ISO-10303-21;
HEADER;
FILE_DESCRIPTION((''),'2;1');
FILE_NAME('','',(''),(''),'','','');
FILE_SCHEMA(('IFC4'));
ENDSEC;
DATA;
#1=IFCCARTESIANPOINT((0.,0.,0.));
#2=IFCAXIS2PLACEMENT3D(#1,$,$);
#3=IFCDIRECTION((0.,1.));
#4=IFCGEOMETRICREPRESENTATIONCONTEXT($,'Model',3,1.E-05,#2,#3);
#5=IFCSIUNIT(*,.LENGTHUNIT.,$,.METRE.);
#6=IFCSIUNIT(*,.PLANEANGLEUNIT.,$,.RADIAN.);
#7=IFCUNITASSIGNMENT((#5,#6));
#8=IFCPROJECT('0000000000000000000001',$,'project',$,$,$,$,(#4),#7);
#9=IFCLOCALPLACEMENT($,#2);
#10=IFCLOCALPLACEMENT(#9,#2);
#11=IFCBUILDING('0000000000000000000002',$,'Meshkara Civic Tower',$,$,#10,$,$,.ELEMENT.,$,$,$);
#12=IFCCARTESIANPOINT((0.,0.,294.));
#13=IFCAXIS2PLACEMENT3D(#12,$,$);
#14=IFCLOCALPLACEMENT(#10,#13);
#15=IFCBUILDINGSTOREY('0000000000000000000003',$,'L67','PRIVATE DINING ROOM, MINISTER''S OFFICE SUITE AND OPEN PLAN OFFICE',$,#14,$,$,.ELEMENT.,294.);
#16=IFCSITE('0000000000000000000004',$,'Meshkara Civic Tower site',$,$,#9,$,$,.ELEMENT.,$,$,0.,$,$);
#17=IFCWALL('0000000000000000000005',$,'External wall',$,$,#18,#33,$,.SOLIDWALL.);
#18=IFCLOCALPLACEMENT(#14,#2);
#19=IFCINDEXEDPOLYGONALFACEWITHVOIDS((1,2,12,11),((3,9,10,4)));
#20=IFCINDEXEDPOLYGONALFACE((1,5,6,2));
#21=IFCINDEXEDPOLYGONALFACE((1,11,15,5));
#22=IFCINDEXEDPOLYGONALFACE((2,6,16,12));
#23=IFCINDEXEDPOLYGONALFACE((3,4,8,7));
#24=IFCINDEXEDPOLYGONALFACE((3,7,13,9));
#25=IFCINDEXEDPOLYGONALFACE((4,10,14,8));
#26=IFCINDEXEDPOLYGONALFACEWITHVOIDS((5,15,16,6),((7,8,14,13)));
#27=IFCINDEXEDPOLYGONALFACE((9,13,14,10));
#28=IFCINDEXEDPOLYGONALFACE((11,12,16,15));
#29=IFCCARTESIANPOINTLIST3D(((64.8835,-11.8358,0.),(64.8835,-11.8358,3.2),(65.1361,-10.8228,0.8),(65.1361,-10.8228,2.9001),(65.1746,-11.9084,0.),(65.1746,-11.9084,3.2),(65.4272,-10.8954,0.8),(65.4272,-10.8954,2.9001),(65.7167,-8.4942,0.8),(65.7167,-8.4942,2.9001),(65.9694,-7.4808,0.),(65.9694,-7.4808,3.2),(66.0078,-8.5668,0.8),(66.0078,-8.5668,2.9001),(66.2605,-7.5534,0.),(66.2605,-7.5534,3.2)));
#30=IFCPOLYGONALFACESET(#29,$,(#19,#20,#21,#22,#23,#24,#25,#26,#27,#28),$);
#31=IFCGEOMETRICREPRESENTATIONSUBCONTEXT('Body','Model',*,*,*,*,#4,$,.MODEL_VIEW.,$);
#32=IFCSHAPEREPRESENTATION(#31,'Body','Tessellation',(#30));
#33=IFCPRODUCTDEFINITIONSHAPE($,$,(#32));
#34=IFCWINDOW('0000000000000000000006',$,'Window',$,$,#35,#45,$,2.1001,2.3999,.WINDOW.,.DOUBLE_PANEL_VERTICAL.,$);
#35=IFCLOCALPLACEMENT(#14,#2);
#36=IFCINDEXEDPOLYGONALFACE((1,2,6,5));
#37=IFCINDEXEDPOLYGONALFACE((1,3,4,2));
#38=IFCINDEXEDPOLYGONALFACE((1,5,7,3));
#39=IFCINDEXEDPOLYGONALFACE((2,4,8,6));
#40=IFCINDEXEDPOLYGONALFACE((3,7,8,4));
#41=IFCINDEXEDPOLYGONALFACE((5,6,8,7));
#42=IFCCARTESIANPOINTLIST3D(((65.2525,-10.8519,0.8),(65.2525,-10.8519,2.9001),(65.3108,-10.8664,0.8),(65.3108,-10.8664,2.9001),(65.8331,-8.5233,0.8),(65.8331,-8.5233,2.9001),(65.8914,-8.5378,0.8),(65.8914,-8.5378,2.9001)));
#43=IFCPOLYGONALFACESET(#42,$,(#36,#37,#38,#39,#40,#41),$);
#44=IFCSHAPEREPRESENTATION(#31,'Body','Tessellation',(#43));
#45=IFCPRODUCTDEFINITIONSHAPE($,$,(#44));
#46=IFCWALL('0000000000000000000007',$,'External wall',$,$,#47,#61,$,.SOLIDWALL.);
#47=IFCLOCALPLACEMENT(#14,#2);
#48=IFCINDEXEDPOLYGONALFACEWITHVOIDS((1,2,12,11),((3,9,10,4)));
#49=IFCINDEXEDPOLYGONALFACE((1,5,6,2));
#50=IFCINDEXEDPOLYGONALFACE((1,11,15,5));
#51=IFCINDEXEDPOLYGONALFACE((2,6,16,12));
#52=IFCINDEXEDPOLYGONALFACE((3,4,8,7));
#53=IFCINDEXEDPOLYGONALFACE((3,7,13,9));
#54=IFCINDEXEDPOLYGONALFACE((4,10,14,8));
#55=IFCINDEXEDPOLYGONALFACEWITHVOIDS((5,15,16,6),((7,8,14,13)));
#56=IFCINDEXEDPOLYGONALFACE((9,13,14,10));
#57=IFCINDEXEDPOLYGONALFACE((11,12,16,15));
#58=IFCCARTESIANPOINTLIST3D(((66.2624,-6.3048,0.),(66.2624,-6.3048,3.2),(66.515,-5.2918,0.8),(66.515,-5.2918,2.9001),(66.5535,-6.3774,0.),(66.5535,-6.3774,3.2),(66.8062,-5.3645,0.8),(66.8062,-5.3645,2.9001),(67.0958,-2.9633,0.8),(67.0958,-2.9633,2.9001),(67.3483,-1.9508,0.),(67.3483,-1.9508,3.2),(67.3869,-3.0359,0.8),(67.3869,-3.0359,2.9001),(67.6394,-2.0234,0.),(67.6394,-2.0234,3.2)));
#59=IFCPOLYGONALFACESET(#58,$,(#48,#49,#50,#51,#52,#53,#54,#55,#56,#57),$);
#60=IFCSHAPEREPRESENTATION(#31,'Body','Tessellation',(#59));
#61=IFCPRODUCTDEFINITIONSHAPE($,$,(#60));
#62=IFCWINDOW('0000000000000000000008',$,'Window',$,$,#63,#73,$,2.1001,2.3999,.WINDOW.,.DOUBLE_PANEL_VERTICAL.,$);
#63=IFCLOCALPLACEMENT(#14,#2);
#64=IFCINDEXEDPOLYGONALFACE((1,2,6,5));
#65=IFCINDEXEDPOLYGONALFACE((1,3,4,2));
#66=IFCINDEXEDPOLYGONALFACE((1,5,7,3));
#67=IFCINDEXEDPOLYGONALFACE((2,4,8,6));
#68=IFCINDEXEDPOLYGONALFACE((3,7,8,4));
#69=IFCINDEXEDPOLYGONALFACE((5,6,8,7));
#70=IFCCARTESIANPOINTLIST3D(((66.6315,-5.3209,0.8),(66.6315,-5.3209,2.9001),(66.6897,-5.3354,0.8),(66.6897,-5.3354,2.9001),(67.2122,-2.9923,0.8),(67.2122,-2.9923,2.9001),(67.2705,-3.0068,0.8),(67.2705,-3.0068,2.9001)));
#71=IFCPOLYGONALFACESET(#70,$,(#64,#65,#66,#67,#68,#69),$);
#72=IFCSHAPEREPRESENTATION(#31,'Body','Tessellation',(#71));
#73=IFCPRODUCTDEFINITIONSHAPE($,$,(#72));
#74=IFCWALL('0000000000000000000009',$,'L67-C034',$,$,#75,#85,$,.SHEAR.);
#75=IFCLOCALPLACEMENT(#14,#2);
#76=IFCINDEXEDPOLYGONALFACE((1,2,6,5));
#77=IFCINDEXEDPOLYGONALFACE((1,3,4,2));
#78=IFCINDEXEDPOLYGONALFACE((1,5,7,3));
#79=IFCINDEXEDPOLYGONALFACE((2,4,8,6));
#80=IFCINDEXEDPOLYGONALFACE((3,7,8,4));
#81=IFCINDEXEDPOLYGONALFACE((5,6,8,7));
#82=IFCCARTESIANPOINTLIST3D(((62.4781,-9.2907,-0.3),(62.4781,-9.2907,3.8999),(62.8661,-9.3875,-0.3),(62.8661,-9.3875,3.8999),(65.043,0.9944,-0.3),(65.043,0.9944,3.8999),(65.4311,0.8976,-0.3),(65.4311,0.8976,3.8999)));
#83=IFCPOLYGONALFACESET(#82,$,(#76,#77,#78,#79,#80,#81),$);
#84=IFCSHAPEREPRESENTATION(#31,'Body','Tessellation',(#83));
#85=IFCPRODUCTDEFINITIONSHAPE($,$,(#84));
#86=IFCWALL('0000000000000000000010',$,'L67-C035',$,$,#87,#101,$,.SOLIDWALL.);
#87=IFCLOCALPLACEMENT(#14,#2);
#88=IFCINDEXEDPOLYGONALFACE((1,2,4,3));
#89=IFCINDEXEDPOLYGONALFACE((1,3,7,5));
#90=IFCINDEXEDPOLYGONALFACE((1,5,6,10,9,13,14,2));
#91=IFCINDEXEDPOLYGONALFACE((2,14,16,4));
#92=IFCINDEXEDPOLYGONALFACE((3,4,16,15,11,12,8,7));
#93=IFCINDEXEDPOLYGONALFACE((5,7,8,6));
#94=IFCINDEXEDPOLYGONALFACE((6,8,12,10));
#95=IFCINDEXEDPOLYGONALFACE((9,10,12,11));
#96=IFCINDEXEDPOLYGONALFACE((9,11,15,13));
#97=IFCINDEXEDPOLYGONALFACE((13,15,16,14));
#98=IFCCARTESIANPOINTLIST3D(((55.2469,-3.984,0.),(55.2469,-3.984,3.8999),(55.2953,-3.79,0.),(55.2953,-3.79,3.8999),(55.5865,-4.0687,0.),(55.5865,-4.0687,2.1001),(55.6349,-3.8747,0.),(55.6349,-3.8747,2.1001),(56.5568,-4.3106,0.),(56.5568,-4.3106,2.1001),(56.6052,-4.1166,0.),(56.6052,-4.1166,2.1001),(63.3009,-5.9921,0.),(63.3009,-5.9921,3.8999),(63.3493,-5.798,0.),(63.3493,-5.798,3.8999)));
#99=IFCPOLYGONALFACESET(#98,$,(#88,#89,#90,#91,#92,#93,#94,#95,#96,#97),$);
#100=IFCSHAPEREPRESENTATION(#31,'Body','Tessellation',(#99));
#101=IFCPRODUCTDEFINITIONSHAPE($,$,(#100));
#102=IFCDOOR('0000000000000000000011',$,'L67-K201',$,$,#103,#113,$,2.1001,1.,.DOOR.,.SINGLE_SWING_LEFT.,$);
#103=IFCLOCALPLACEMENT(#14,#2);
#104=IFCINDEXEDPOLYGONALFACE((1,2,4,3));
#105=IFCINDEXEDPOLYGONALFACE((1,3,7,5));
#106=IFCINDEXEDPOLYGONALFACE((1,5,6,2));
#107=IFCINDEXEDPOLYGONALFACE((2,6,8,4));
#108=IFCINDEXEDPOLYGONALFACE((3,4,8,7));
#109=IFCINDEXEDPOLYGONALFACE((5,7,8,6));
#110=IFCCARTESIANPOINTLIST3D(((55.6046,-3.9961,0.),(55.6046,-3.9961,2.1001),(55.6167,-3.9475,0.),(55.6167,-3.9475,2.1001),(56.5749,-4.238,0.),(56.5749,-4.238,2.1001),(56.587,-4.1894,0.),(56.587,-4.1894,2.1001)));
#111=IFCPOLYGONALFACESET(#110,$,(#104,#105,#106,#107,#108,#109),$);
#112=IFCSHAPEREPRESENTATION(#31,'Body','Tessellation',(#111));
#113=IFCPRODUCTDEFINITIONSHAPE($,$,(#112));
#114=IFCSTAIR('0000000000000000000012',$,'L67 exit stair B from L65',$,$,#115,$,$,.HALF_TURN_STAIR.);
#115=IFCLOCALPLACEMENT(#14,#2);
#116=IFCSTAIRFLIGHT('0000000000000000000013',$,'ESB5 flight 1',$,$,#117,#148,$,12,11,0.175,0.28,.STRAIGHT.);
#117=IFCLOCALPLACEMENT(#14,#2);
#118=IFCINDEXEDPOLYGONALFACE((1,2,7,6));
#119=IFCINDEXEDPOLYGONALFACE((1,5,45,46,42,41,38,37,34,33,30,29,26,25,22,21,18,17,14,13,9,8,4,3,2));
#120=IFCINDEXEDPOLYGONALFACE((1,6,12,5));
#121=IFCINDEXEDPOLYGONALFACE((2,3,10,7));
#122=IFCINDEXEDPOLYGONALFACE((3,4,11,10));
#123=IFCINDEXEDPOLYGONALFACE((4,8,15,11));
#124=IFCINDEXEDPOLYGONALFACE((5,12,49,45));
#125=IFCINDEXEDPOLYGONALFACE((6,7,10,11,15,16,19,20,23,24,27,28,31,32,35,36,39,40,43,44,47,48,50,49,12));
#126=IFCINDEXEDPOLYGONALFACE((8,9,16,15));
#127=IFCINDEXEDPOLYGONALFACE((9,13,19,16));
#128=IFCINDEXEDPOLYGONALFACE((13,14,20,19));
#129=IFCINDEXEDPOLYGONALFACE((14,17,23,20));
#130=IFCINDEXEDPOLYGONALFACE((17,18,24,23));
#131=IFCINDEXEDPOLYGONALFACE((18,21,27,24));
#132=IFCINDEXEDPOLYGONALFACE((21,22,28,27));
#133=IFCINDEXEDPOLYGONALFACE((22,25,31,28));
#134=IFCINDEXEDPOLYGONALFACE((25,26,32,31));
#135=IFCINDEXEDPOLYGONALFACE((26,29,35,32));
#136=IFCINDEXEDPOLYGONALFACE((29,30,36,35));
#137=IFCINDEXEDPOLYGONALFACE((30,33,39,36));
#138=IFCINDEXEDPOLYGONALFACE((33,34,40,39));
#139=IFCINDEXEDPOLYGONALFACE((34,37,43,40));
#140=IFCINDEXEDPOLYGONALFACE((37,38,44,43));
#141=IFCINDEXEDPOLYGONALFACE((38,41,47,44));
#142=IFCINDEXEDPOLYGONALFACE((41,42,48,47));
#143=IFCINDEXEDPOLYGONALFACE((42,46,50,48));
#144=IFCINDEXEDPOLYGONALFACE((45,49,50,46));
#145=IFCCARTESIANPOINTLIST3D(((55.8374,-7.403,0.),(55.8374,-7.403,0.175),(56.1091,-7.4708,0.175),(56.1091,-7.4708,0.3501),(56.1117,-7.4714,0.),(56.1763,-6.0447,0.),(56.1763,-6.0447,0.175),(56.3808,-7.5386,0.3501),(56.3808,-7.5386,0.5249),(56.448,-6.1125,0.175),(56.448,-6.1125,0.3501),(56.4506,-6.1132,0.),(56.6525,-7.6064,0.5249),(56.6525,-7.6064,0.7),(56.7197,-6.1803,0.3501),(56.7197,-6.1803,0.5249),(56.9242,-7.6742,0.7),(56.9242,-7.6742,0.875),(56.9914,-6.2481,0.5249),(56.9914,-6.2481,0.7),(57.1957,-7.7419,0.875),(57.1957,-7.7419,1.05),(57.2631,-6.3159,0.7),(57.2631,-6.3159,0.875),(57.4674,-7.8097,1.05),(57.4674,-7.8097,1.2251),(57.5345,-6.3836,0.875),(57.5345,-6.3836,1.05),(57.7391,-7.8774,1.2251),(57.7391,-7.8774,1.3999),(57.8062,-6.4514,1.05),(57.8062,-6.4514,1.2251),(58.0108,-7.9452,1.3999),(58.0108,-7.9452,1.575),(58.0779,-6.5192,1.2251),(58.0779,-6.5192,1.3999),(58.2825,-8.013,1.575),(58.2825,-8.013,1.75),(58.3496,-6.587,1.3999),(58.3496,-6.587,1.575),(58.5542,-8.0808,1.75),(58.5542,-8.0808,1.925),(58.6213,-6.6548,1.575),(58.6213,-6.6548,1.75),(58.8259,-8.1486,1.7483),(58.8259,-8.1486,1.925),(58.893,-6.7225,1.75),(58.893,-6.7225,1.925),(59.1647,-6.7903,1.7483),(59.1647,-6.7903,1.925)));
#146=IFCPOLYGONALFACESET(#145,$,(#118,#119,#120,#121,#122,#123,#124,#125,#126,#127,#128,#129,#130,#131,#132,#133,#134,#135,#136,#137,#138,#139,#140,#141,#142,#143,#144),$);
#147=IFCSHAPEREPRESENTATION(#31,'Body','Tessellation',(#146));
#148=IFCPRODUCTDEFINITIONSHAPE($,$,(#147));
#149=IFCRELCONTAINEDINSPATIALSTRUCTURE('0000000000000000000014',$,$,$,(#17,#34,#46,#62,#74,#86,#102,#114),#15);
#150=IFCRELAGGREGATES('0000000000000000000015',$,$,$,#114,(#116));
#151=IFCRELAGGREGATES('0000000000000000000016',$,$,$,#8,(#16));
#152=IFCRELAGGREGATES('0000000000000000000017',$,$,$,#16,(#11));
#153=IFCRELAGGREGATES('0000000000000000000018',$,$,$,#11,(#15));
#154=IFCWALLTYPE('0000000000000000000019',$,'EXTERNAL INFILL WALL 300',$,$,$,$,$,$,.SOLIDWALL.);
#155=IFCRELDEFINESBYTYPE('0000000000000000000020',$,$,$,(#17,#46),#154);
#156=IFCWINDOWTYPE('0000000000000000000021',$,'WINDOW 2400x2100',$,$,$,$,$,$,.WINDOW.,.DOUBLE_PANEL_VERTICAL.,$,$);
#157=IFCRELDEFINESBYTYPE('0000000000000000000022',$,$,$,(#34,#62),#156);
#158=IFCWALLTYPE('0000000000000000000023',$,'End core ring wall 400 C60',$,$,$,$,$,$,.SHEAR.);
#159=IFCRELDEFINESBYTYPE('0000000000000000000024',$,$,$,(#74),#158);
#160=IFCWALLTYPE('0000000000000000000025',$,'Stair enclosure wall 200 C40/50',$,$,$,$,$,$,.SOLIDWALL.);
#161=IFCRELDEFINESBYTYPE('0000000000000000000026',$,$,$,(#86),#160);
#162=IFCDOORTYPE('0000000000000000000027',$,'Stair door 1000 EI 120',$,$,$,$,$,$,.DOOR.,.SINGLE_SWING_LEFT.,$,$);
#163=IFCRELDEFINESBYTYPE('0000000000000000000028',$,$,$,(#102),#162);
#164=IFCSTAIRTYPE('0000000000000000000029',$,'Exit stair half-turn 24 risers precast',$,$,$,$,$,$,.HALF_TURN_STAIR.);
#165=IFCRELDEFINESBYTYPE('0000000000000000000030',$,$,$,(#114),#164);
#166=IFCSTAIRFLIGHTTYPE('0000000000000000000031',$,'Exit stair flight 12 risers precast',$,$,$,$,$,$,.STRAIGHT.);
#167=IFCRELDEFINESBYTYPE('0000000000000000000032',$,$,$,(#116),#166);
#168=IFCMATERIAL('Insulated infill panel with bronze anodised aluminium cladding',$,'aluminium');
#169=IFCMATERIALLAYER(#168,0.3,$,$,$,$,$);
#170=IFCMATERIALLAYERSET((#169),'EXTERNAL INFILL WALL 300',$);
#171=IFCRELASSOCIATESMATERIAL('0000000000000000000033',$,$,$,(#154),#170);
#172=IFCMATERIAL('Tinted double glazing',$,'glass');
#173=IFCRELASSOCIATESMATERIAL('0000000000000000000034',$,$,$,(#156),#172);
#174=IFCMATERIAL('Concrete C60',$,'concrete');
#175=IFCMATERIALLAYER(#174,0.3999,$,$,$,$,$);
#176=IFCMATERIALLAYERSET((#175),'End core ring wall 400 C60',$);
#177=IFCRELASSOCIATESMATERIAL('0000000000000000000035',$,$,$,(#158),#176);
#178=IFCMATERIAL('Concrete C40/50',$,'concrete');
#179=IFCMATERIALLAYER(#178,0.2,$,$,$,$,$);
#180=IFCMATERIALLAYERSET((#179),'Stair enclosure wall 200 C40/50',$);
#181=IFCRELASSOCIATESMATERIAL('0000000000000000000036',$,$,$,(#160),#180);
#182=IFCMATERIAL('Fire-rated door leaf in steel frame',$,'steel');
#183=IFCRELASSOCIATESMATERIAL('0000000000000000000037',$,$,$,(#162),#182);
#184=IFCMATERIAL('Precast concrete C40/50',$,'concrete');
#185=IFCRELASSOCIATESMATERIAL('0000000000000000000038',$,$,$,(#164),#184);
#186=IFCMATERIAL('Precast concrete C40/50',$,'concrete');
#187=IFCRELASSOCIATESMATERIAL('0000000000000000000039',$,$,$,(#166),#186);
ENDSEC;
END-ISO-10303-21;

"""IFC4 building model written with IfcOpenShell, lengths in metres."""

from ifc_helpers import new_model, si_unit, direction, frame, frame_2d, origin, place, context, subcontext, project, spatial, polyline, rectangle, outline, extrude, material, layer, layer_set, type_object, element, fill, aggregate, save


model = new_model("IFC4")

# Units and contexts
model_context = context("Model", 3, precision=1e-05, world=origin(), true_north=direction((0.0, 1.0)))
body_context = subcontext(model_context, "Body", "Model", "MODEL_VIEW")
ifc_project = project(units=[si_unit("LENGTHUNIT", "METRE"), si_unit("PLANEANGLEUNIT", "RADIAN")], contexts=[model_context])

# Site, building, storey
site_placement = place(None, origin())
site = spatial("IfcSite", under=ifc_project, at=site_placement, Name="Meshkara Civic Tower site", CompositionType="ELEMENT", RefElevation=0.0)
building_placement = place(site_placement, origin())
building = spatial("IfcBuilding", under=site, at=building_placement, Name="Meshkara Civic Tower", CompositionType="ELEMENT")
storey_placement = place(building_placement, frame((0.0, 0.0, 294.0)))
storey = spatial("IfcBuildingStorey", under=building, at=storey_placement, Name="L67", Description="PRIVATE DINING ROOM, MINISTER'S OFFICE SUITE AND OPEN PLAN OFFICE", CompositionType="ELEMENT", Elevation=294.0)

# Walls, openings, windows
ifc_material_1 = material(Name="Insulated infill panel with bronze anodised aluminium cladding", Category="aluminium")
ifc_layer_1 = layer(ifc_material_1, 0.3)
ifc_layer_set_1 = layer_set([ifc_layer_1], Name="EXTERNAL INFILL WALL 300")
wall_type_1 = type_object("IfcWallType", Name="EXTERNAL INFILL WALL 300", PredefinedType="SOLIDWALL", material=ifc_layer_set_1)
ifc_material_2 = material(Name="Tinted double glazing", Category="glass")
window_type = type_object("IfcWindowType", Name="WINDOW 2400x2100", PartitioningType="DOUBLE_PANEL_VERTICAL", PredefinedType="WINDOW", material=ifc_material_2)
wall_1_placement = place(storey_placement, frame((65.0291, -11.8721, 0.0), z_axis=(0.0, 0.0, 1.0), x_axis=(0.241947, 0.97029, 0.0)))
wall_1 = element("IfcWall", 1, at=wall_1_placement, inside=storey, type_object=wall_type_1, Name="External wall", PredefinedType="SOLIDWALL", context=body_context, shape_type="SweptSolid", body=[
    extrude(rectangle(XDim=4.4883, YDim=0.3, at=frame_2d((2.2441, 0.0))), origin(), (0.0, 0.0, 1.0), 3.2),
])
opening_1_placement = place(wall_1_placement, frame((1.0439, 0.0, 0.8)))
opening_1 = element("IfcOpeningElement", 2, at=opening_1_placement, cuts=wall_1, PredefinedType="OPENING", context=body_context, shape_type="SweptSolid", body=[
    extrude(rectangle(XDim=2.3999, YDim=2.1001, at=frame_2d((1.2, 1.05))), frame((0.0, 0.1599, 0.0), z_axis=(0.0, -1.0, 0.0), x_axis=(1.0, 0.0, 0.0)), (0.0, 0.0, 1.0), 0.3201),
])
window_1_placement = place(opening_1_placement, origin())
window_1 = element("IfcWindow", 3, at=window_1_placement, inside=storey, type_object=window_type, Name="Window", OverallHeight=2.1001, OverallWidth=2.3999, PartitioningType="DOUBLE_PANEL_VERTICAL", PredefinedType="WINDOW", context=body_context, shape_type="SweptSolid", body=[
    extrude(rectangle(XDim=2.3999, YDim=2.1001, at=frame_2d((1.2, 1.05))), frame((0.0, 0.03, 0.0), z_axis=(0.0, -1.0, 0.0), x_axis=(1.0, 0.0, 0.0)), (0.0, 0.0, 1.0), 0.0601),
])
fill(opening_1, window_1)
wall_2_placement = place(storey_placement, frame((66.408, -6.3411, 0.0), z_axis=(0.0, 0.0, 1.0), x_axis=(0.241998, 0.970277, 0.0)))
wall_2 = element("IfcWall", 4, at=wall_2_placement, inside=storey, type_object=wall_type_1, Name="External wall", PredefinedType="SOLIDWALL", context=body_context, shape_type="SweptSolid", body=[
    extrude(rectangle(XDim=4.4873, YDim=0.3, at=frame_2d((2.2437, 0.0))), origin(), (0.0, 0.0, 1.0), 3.2),
])
opening_2_placement = place(wall_2_placement, frame((1.0439, 0.0, 0.8)))
opening_2 = element("IfcOpeningElement", 5, at=opening_2_placement, cuts=wall_2, PredefinedType="OPENING", context=body_context, shape_type="SweptSolid", body=[
    extrude(rectangle(XDim=2.3999, YDim=2.1001, at=frame_2d((1.2, 1.05))), frame((0.0, 0.1599, 0.0), z_axis=(0.0, -1.0, 0.0), x_axis=(1.0, 0.0, 0.0)), (0.0, 0.0, 1.0), 0.3201),
])
window_2_placement = place(opening_2_placement, origin())
window_2 = element("IfcWindow", 6, at=window_2_placement, inside=storey, type_object=window_type, Name="Window", OverallHeight=2.1001, OverallWidth=2.3999, PartitioningType="DOUBLE_PANEL_VERTICAL", PredefinedType="WINDOW", context=body_context, shape_type="SweptSolid", body=[
    extrude(rectangle(XDim=2.3999, YDim=2.1001, at=frame_2d((1.2, 1.05))), frame((0.0, 0.03, 0.0), z_axis=(0.0, -1.0, 0.0), x_axis=(1.0, 0.0, 0.0)), (0.0, 0.0, 1.0), 0.0601),
])
fill(opening_2, window_2)

# Wall
ifc_material_3 = material(Name="Concrete C60", Category="concrete")
ifc_layer_2 = layer(ifc_material_3, 0.3999)
ifc_layer_set_2 = layer_set([ifc_layer_2], Name="End core ring wall 400 C60")
wall_type_2 = type_object("IfcWallType", Name="End core ring wall 400 C60", PredefinedType="SHEAR", material=ifc_layer_set_2)
wall_3_placement = place(storey_placement, frame((62.6721, -9.3391, -0.3), z_axis=(0.0, 0.0, 1.0), x_axis=(0.241972, 0.970283, 0.0)))
element("IfcWall", 7, at=wall_3_placement, inside=storey, type_object=wall_type_2, Name="L67-C034", PredefinedType="SHEAR", context=body_context, shape_type="SweptSolid", body=[
    extrude(rectangle(XDim=10.6001, YDim=0.3999, at=frame_2d((5.3, 0.0))), origin(), (0.0, 0.0, 1.0), 4.2),
])

# Wall, opening, door
ifc_material_4 = material(Name="Concrete C40/50", Category="concrete")
ifc_layer_3 = layer(ifc_material_4, 0.2)
ifc_layer_set_3 = layer_set([ifc_layer_3], Name="Stair enclosure wall 200 C40/50")
wall_type_3 = type_object("IfcWallType", Name="Stair enclosure wall 200 C40/50", PredefinedType="SOLIDWALL", material=ifc_layer_set_3)
wall_4_placement = place(storey_placement, frame((55.271, -3.887, 0.0), z_axis=(0.0, 0.0, 1.0), x_axis=(0.970296, -0.24192, 0.0)))
wall_4 = element("IfcWall", 8, at=wall_4_placement, inside=storey, type_object=wall_type_3, Name="L67-C035", PredefinedType="SOLIDWALL", context=body_context, shape_type="SweptSolid", body=[
    extrude(rectangle(XDim=8.3005, YDim=0.2, at=frame_2d((4.1504, 0.0))), origin(), (0.0, 0.0, 1.0), 3.8999),
])
opening_3_placement = place(wall_4_placement, frame((0.3501, 0.0, 0.0)))
opening_3 = element("IfcOpeningElement", 9, at=opening_3_placement, cuts=wall_4, PredefinedType="OPENING", context=body_context, shape_type="SweptSolid", body=[
    extrude(rectangle(XDim=1.0, YDim=2.1001, at=frame_2d((0.5, 1.05))), frame((0.0, 0.1099, 0.0), z_axis=(0.0, -1.0, 0.0), x_axis=(1.0, 0.0, 0.0)), (0.0, 0.0, 1.0), 0.22),
])
ifc_material_5 = material(Name="Fire-rated door leaf in steel frame", Category="steel")
door_type = type_object("IfcDoorType", Name="Stair door 1000 EI 120", OperationType="SINGLE_SWING_LEFT", PredefinedType="DOOR", material=ifc_material_5)
door_placement = place(opening_3_placement, origin())
door = element("IfcDoor", 10, at=door_placement, inside=storey, type_object=door_type, Name="L67-K201", OperationType="SINGLE_SWING_LEFT", OverallHeight=2.1001, OverallWidth=1.0, PredefinedType="DOOR", context=body_context, shape_type="SweptSolid", body=[
    extrude(rectangle(XDim=1.0, YDim=2.1001, at=frame_2d((0.5, 1.05))), frame((0.0, 0.0249, 0.0), z_axis=(0.0, -1.0, 0.0), x_axis=(1.0, 0.0, 0.0)), (0.0, 0.0, 1.0), 0.05),
])
fill(opening_3, door)

# Stair, stair flight
ifc_material_6 = material(Name="Precast concrete C40/50", Category="concrete")
stair_type = type_object("IfcStairType", Name="Exit stair half-turn 24 risers precast", PredefinedType="HALF_TURN_STAIR", material=ifc_material_6)
stair_placement = place(storey_placement, origin())
stair = element("IfcStair", 11, at=stair_placement, inside=storey, type_object=stair_type, Name="L67 exit stair B from L65", PredefinedType="HALF_TURN_STAIR")
ifc_material_7 = material(Name="Precast concrete C40/50", Category="concrete")
stair_flight_type = type_object("IfcStairFlightType", Name="Exit stair flight 12 risers precast", PredefinedType="STRAIGHT", material=ifc_material_7)
stair_flight_1_placement = place(storey_placement, frame((56.0068, -6.7239, 0.0), z_axis=(0.0, 0.0, 1.0), x_axis=(0.97026, -0.242065, 0.0)))
stair_flight_1 = element("IfcStairFlight", 12, at=stair_flight_1_placement, type_object=stair_flight_type, Name="ESB5 flight 1", NumberOfRisers=12, NumberOfTreads=11, PredefinedType="STRAIGHT", RiserHeight=0.175, TreadLength=0.28, context=body_context, shape_type="SweptSolid", body=[
    extrude(outline(polyline([(0.0, 0.0), (0.0, 0.175), (0.28, 0.175), (0.28, 0.3501), (0.5601, 0.3501), (0.5601, 0.5249), (0.8401, 0.5249), (0.8401, 0.7), (1.1201, 0.7), (1.1201, 0.875), (1.3999, 0.875), (1.3999, 1.05), (1.6799, 1.05), (1.6799, 1.2251), (1.96, 1.2251), (1.96, 1.3999), (2.24, 1.3999), (2.24, 1.575), (2.52, 1.575), (2.52, 1.75), (2.8, 1.75), (2.8, 1.925), (3.0801, 1.925), (3.0801, 2.1001), (3.0801, 1.7483), (0.2827, 0.0), (0.0, 0.0)])), frame((0.0, 0.7, 0.0), z_axis=(0.0, -1.0, 0.0), x_axis=(1.0, 0.0, 0.0)), (0.0, 0.0, 1.0), 1.3999),
])
aggregate(stair, [stair_flight_1])

save(model, "model.ifc")
